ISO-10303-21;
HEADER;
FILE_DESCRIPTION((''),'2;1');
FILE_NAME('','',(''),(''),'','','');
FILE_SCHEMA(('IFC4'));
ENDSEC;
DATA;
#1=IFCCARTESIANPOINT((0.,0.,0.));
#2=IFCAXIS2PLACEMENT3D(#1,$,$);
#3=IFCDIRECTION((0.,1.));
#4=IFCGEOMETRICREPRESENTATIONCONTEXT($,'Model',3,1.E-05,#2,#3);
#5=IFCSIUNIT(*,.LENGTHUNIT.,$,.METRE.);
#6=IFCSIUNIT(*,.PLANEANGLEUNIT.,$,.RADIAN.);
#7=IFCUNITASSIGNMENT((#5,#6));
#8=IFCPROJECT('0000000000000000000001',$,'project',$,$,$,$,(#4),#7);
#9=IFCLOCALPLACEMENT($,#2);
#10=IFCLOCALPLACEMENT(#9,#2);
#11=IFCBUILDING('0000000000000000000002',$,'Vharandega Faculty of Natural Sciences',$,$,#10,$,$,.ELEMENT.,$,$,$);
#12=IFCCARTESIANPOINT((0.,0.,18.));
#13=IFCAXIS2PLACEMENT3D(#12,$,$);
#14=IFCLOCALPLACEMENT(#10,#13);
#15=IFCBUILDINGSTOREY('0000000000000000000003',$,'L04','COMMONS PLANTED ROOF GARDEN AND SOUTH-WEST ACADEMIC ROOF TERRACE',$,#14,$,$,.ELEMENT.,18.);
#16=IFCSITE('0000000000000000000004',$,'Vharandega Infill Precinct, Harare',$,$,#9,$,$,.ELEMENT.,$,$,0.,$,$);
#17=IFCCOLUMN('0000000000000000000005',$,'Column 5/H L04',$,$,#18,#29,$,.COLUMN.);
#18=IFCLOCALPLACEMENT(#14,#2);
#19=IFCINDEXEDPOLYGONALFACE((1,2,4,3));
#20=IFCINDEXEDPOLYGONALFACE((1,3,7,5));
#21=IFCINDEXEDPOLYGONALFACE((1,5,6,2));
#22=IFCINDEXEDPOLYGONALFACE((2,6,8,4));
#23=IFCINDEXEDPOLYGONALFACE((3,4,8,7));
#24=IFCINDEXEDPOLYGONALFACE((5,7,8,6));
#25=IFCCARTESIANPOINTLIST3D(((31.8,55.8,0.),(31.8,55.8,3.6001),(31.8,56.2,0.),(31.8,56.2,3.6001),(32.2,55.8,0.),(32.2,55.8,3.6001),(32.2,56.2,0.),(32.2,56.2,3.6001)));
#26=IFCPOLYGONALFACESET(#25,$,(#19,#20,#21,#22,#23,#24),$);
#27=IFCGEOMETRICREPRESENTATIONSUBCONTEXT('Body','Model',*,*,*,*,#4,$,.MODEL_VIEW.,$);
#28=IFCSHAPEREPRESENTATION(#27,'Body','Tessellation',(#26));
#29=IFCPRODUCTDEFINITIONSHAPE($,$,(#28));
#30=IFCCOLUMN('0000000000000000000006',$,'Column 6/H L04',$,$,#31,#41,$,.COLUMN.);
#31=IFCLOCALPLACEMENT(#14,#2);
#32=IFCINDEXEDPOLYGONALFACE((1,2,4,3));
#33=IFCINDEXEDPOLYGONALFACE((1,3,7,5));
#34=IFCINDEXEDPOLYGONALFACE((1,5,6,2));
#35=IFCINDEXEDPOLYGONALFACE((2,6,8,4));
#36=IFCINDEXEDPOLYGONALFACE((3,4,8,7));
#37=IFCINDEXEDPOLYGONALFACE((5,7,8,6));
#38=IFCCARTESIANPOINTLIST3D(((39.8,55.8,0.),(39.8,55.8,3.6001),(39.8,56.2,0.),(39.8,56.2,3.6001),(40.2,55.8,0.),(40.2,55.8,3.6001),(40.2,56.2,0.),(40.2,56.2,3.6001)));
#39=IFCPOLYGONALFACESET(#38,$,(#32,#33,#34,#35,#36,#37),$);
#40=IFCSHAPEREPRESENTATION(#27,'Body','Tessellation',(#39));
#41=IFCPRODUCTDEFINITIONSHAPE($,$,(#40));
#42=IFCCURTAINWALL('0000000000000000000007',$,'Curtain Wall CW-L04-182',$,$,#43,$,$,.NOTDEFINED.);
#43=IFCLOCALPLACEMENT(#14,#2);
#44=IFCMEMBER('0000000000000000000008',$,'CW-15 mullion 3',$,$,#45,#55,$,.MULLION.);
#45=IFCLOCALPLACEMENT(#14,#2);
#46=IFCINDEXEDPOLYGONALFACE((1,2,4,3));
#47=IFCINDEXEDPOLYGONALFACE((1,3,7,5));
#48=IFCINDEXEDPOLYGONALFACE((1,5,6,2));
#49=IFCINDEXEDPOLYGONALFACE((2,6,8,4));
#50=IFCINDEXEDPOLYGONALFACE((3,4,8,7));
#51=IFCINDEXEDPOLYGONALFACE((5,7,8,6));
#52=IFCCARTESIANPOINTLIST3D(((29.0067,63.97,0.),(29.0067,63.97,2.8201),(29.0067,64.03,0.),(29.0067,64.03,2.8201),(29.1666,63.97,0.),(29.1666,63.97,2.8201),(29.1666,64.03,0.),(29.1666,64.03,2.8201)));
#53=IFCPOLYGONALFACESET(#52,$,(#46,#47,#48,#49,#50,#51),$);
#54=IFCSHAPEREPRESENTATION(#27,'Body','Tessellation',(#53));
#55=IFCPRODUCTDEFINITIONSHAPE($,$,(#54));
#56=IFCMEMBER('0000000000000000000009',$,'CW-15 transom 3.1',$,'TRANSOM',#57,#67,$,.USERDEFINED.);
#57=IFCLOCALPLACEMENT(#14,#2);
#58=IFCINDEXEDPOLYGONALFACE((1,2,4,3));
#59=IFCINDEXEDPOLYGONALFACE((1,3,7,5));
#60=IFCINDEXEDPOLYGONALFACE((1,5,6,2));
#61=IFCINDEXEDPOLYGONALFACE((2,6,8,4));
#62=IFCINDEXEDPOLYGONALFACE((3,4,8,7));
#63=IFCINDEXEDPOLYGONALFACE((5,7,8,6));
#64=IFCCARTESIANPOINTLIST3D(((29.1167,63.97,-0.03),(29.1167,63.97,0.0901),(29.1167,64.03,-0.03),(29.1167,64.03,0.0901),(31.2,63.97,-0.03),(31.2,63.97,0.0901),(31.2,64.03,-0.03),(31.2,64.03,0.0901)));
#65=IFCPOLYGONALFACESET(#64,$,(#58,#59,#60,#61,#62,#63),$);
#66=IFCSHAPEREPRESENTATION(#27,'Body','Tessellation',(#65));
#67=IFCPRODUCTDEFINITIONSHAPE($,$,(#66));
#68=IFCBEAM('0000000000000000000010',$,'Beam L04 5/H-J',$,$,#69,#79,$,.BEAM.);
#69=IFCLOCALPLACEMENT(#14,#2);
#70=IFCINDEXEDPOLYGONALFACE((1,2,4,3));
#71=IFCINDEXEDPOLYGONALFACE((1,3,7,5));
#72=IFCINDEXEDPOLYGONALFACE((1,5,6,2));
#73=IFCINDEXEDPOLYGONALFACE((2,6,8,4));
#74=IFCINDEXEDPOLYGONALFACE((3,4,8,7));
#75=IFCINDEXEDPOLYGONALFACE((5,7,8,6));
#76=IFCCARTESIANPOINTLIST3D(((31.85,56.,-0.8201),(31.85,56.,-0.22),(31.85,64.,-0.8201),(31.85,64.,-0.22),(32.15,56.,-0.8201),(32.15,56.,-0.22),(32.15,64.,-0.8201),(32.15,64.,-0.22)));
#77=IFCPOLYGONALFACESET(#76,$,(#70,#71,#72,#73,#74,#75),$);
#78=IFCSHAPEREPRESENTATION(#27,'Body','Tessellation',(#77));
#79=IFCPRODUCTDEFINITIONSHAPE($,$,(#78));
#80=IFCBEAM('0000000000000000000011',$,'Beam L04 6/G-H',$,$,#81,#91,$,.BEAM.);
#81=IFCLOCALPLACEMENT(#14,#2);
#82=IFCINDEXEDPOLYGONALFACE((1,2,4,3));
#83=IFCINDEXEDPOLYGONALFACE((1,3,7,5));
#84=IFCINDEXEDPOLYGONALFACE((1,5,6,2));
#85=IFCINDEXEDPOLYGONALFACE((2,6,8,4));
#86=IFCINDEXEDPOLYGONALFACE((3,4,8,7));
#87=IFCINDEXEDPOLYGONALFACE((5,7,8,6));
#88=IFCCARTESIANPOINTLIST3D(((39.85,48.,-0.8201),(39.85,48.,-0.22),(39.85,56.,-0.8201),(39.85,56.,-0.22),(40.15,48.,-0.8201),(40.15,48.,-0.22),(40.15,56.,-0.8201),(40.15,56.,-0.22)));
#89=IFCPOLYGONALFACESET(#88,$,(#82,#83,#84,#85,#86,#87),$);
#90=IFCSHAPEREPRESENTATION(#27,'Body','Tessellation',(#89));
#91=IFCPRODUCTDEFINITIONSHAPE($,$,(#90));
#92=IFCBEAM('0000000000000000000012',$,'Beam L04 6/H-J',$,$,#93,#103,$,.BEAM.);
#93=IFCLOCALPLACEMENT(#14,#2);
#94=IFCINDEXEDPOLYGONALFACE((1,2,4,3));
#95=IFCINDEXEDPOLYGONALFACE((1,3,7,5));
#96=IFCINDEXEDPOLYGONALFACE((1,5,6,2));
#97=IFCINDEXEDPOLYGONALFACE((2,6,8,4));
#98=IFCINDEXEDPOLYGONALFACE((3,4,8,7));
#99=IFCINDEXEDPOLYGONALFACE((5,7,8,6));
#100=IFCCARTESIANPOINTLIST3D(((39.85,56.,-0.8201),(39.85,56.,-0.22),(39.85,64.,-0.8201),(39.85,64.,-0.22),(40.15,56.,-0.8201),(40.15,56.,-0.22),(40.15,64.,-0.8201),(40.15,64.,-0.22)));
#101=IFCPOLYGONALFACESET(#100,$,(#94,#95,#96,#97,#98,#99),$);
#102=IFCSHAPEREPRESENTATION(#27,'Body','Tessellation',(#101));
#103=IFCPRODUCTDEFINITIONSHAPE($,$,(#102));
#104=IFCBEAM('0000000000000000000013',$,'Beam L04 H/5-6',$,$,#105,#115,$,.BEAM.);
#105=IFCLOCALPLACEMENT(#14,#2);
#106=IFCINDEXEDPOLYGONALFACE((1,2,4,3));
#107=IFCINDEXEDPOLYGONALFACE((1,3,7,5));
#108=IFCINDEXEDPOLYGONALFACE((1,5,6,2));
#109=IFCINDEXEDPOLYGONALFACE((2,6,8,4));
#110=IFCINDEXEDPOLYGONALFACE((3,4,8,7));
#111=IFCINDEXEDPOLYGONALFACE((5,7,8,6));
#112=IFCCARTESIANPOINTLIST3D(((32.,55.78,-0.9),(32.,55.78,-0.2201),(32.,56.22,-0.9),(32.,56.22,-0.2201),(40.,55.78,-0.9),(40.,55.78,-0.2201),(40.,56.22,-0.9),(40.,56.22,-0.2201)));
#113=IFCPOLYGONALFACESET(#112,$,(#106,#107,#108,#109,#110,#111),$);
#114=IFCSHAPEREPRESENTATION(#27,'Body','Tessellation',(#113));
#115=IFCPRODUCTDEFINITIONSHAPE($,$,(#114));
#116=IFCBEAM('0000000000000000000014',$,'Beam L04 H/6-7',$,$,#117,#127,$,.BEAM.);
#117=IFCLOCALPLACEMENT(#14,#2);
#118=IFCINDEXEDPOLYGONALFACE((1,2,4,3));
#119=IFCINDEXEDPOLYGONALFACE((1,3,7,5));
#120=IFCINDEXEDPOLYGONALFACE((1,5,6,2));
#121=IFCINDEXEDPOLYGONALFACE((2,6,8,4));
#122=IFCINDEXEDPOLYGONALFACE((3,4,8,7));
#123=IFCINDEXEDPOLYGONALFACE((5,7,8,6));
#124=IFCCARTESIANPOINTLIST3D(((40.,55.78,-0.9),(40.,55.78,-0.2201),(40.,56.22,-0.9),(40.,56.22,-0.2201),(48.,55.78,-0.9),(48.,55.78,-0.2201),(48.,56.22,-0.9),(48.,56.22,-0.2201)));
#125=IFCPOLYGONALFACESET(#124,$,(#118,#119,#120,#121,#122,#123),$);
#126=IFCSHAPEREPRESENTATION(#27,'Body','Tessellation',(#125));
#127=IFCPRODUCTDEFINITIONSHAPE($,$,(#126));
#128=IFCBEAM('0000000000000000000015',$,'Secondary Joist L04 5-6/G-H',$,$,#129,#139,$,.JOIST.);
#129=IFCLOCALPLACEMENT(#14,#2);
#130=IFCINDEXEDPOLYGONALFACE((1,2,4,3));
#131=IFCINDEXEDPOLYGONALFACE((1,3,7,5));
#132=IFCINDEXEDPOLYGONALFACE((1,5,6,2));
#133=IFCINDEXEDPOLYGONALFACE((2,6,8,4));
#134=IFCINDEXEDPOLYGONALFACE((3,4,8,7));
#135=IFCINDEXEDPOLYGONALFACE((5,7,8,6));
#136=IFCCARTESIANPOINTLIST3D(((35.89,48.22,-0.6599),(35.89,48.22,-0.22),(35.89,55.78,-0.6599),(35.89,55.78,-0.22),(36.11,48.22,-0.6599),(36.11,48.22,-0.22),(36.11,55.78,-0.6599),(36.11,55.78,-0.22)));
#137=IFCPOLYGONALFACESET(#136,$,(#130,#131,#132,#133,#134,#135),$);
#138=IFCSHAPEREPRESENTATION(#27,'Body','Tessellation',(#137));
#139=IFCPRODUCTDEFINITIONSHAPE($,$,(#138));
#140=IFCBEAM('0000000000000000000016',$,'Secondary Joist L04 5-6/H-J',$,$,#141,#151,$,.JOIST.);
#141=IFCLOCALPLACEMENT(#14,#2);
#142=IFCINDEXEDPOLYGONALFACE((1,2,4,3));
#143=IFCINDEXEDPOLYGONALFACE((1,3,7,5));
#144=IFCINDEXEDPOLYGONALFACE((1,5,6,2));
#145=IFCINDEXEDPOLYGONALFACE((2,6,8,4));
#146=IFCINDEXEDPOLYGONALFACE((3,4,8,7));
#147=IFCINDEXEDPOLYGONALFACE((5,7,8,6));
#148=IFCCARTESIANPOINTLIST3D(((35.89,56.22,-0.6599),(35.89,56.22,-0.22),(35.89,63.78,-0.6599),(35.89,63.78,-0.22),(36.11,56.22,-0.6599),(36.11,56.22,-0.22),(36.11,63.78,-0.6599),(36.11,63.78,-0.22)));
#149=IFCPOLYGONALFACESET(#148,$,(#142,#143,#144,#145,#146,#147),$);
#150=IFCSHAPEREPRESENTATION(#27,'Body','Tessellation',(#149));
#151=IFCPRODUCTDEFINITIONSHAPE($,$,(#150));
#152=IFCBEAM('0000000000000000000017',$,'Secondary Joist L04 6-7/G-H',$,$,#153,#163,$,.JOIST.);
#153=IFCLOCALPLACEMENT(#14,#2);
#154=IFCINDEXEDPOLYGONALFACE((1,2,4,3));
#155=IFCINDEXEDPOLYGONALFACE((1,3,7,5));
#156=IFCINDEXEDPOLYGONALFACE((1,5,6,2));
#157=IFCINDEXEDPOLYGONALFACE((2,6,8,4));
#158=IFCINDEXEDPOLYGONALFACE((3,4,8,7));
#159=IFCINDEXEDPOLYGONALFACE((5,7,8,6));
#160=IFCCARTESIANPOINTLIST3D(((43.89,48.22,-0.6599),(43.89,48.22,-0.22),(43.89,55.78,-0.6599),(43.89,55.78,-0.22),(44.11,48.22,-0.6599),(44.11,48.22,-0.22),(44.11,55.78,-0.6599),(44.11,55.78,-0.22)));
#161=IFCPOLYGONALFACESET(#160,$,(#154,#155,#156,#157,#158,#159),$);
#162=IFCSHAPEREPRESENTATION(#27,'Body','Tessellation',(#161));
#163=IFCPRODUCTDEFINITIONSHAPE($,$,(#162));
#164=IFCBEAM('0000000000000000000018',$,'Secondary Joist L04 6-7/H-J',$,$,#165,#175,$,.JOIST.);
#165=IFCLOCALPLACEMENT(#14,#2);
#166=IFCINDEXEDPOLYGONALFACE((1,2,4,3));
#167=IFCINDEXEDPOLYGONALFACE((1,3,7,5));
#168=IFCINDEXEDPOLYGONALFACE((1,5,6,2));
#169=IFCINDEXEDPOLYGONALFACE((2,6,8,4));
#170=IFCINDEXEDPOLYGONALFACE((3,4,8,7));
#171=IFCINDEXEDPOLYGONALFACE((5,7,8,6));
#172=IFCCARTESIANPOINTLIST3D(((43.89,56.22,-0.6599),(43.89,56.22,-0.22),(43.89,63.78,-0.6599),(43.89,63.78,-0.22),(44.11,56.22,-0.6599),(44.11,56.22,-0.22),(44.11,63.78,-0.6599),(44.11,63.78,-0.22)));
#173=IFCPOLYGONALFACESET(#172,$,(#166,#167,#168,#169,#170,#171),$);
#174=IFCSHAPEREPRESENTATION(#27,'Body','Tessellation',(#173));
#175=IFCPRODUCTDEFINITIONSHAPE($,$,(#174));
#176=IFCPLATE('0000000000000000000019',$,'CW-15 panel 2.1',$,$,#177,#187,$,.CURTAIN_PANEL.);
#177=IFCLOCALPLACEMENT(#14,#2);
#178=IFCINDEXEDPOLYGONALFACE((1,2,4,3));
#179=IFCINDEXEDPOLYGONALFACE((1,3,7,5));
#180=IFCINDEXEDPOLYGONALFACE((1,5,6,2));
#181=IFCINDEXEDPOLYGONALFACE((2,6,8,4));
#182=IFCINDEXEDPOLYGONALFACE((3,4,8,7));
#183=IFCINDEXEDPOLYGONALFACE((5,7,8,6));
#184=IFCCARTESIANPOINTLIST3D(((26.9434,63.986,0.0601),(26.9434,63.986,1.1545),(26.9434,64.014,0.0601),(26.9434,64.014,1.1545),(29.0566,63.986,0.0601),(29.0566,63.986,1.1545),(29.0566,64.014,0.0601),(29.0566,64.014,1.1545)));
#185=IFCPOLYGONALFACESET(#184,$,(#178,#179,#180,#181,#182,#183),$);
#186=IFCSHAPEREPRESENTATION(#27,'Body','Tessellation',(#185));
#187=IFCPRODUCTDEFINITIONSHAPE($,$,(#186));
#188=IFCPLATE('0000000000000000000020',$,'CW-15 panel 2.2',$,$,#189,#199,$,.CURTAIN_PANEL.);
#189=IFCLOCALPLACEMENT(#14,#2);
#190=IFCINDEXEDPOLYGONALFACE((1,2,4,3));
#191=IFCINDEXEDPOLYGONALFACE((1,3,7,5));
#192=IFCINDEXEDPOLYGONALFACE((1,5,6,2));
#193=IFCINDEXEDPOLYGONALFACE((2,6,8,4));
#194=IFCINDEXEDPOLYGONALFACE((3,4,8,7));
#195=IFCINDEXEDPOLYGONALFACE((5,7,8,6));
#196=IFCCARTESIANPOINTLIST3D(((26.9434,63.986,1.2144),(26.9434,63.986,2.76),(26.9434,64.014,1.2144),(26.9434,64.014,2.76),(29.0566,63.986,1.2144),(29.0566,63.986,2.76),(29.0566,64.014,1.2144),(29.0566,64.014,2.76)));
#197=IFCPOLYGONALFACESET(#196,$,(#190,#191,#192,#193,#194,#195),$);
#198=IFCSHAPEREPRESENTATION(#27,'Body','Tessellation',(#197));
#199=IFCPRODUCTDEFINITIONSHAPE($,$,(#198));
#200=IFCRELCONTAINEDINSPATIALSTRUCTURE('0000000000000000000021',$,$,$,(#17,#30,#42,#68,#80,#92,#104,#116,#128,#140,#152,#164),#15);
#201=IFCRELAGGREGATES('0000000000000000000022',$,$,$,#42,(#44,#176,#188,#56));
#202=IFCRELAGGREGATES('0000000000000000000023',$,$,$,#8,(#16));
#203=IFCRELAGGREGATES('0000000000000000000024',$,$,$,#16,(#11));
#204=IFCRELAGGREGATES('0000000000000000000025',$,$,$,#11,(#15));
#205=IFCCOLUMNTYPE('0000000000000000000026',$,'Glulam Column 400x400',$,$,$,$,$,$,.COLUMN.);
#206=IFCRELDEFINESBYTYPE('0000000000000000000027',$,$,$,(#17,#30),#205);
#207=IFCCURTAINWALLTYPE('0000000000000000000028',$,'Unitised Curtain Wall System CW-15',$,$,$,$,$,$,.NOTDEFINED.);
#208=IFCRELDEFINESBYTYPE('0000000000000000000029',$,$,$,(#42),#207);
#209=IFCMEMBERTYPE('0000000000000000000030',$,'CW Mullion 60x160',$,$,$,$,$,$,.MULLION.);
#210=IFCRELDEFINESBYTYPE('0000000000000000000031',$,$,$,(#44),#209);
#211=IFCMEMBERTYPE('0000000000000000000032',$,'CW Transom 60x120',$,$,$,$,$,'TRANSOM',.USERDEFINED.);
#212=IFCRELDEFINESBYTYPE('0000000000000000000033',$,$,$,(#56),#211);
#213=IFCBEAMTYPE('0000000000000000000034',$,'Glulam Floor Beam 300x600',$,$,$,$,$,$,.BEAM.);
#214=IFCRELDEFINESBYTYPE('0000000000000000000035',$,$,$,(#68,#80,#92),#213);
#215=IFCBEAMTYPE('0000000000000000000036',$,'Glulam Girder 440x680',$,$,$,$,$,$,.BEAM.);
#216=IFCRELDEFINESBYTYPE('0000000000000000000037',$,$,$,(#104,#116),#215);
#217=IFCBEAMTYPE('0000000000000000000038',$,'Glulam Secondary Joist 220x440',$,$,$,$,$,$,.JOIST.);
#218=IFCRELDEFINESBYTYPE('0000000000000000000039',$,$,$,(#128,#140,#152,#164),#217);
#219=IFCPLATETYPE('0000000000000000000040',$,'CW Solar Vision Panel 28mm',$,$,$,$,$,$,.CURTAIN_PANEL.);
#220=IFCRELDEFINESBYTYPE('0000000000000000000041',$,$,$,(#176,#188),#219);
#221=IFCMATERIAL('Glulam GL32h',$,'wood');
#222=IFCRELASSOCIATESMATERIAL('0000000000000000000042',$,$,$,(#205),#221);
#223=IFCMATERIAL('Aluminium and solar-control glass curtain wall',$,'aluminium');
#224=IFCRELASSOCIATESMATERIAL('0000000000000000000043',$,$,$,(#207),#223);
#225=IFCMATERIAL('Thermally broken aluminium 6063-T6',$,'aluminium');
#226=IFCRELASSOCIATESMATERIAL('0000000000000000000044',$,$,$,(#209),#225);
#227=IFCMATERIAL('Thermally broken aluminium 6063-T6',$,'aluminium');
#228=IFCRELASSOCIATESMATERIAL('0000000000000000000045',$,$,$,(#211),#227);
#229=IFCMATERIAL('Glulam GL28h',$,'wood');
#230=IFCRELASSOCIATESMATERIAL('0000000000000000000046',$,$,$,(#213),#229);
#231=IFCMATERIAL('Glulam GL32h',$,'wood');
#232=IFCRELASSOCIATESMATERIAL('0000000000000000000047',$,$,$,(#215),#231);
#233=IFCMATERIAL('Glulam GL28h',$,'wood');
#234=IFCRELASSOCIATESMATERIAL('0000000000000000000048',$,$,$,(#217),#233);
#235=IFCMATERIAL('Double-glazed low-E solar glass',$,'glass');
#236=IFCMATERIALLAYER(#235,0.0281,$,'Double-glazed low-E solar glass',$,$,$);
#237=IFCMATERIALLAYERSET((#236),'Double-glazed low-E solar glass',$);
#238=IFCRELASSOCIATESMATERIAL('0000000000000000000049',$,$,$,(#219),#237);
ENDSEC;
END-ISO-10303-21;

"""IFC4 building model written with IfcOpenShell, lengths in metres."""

from ifc_helpers import new_model, si_unit, direction, frame, origin, origin_2d, place, context, subcontext, project, spatial, rectangle, extrude, material, layer, layer_set, material_profile, profile_set, type_object, element, aggregate, save


model = new_model("IFC4")

# Units and contexts
model_context = context("Model", 3, precision=1e-05, world=origin(), true_north=direction((0.0, 1.0)))
body_context = subcontext(model_context, "Body", "Model", "MODEL_VIEW")
ifc_project = project(units=[si_unit("LENGTHUNIT", "METRE"), si_unit("PLANEANGLEUNIT", "RADIAN")], contexts=[model_context])

# Site, building, storey
site_placement = place(None, origin())
site = spatial("IfcSite", under=ifc_project, at=site_placement, Name="Vharandega Infill Precinct, Harare", CompositionType="ELEMENT", RefElevation=0.0)
building_placement = place(site_placement, origin())
building = spatial("IfcBuilding", under=site, at=building_placement, Name="Vharandega Faculty of Natural Sciences", CompositionType="ELEMENT")
storey_placement = place(building_placement, frame((0.0, 0.0, 18.0)))
storey = spatial("IfcBuildingStorey", under=building, at=storey_placement, Name="L04", Description="COMMONS PLANTED ROOF GARDEN AND SOUTH-WEST ACADEMIC ROOF TERRACE", CompositionType="ELEMENT", Elevation=18.0)

# Columns
ifc_material_1 = material(Name="Glulam GL32h", Category="wood")
ifc_material_profile_1 = material_profile(ifc_material_1, rectangle(XDim=0.3999, YDim=0.3999, at=origin_2d()), Name="GL32h 400x400")
ifc_profile_set_1 = profile_set([ifc_material_profile_1], Name="Glulam GL32h")
column_type = type_object("IfcColumnType", Name="Glulam Column 400x400", PredefinedType="COLUMN", material=ifc_profile_set_1)
for number, where, z_axis, x_axis, name in (
    (1, (32.0, 56.0, 0.0), (0.0, 0.0, 1.0), (1.0, 0.0, 0.0), "Column 5/H L04"),
    (2, (40.0, 56.0, 0.0), (0.0, 0.0, 1.0), (1.0, 0.0, 0.0), "Column 6/H L04"),
):
    element("IfcColumn", number, at=place(storey_placement, frame(where, z_axis=z_axis, x_axis=x_axis)), inside=storey, type_object=column_type, Name=name, PredefinedType="COLUMN", context=body_context, shape_type="SweptSolid", body=[
        extrude(rectangle(XDim=0.3999, YDim=0.3999, at=origin_2d()), origin(), (0.0, 0.0, 1.0), 3.6001),
    ])

# Curtain wall, members
ifc_material_2 = material(Name="Aluminium and solar-control glass curtain wall", Category="aluminium")
curtain_wall_type = type_object("IfcCurtainWallType", Name="Unitised Curtain Wall System CW-15", PredefinedType="NOTDEFINED", material=ifc_material_2)
curtain_wall_placement = place(storey_placement, origin())
curtain_wall = element("IfcCurtainWall", 3, at=curtain_wall_placement, inside=storey, type_object=curtain_wall_type, Name="Curtain Wall CW-L04-182", PredefinedType="NOTDEFINED")
ifc_material_3 = material(Name="Thermally broken aluminium 6063-T6", Category="aluminium")
ifc_material_profile_2 = material_profile(ifc_material_3, rectangle(XDim=0.0601, YDim=0.1599, at=origin_2d()), Name="ALU 60x160")
ifc_profile_set_2 = profile_set([ifc_material_profile_2], Name="Thermally broken aluminium 6063-T6")
member_type_1 = type_object("IfcMemberType", Name="CW Mullion 60x160", PredefinedType="MULLION", material=ifc_profile_set_2)
member_1_placement = place(storey_placement, frame((29.0867, 64.0, 0.0), z_axis=(0.0, 0.0, 1.0), x_axis=(0.0, 1.0, 0.0)))
member_1 = element("IfcMember", 4, at=member_1_placement, type_object=member_type_1, Name="CW-15 mullion 3", PredefinedType="MULLION", context=body_context, shape_type="SweptSolid", body=[
    extrude(rectangle(XDim=0.0601, YDim=0.1599, at=origin_2d()), origin(), (0.0, 0.0, 1.0), 2.8201),
])
ifc_material_4 = material(Name="Thermally broken aluminium 6063-T6", Category="aluminium")
ifc_material_profile_3 = material_profile(ifc_material_4, rectangle(XDim=0.0601, YDim=0.1201, at=origin_2d()), Name="ALU 60x120")
ifc_profile_set_3 = profile_set([ifc_material_profile_3], Name="Thermally broken aluminium 6063-T6")
member_type_2 = type_object("IfcMemberType", Name="CW Transom 60x120", ElementType="TRANSOM", PredefinedType="USERDEFINED", material=ifc_profile_set_3)
member_2_placement = place(storey_placement, frame((29.1167, 64.0, 0.03), z_axis=(1.0, 0.0, 0.0), x_axis=(0.0, 1.0, 0.0)))
member_2 = element("IfcMember", 5, at=member_2_placement, type_object=member_type_2, Name="CW-15 transom 3.1", ObjectType="TRANSOM", PredefinedType="USERDEFINED", context=body_context, shape_type="SweptSolid", body=[
    extrude(rectangle(XDim=0.0601, YDim=0.1201, at=origin_2d()), origin(), (0.0, 0.0, 1.0), 2.0833),
])

# Beams
ifc_material_5 = material(Name="Glulam GL28h", Category="wood")
ifc_material_profile_4 = material_profile(ifc_material_5, rectangle(XDim=0.3, YDim=0.6001, at=origin_2d()), Name="GL28h 300x600")
ifc_profile_set_4 = profile_set([ifc_material_profile_4], Name="Glulam GL28h")
beam_type_1 = type_object("IfcBeamType", Name="Glulam Floor Beam 300x600", PredefinedType="BEAM", material=ifc_profile_set_4)
for number, where, z_axis, x_axis, name in (
    (6, (32.0, 56.0, -0.52), (0.0, 1.0, 0.0), (-1.0, 0.0, 0.0), "Beam L04 5/H-J"),
    (7, (40.0, 48.0, -0.52), (0.0, 1.0, 0.0), (-1.0, 0.0, 0.0), "Beam L04 6/G-H"),
    (8, (40.0, 56.0, -0.52), (0.0, 1.0, 0.0), (-1.0, 0.0, 0.0), "Beam L04 6/H-J"),
):
    element("IfcBeam", number, at=place(storey_placement, frame(where, z_axis=z_axis, x_axis=x_axis)), inside=storey, type_object=beam_type_1, Name=name, PredefinedType="BEAM", context=body_context, shape_type="SweptSolid", body=[
        extrude(rectangle(XDim=0.3, YDim=0.6001, at=origin_2d()), origin(), (0.0, 0.0, 1.0), 8.0),
    ])
ifc_material_6 = material(Name="Glulam GL32h", Category="wood")
ifc_material_profile_5 = material_profile(ifc_material_6, rectangle(XDim=0.4399, YDim=0.6799, at=origin_2d()), Name="GL32h 440x680")
ifc_profile_set_5 = profile_set([ifc_material_profile_5], Name="Glulam GL32h")
beam_type_2 = type_object("IfcBeamType", Name="Glulam Girder 440x680", PredefinedType="BEAM", material=ifc_profile_set_5)
for number, where, z_axis, x_axis, name in (
    (9, (32.0, 56.0, -0.5601), (1.0, 0.0, 0.0), (0.0, 1.0, 0.0), "Beam L04 H/5-6"),
    (10, (40.0, 56.0, -0.5601), (1.0, 0.0, 0.0), (0.0, 1.0, 0.0), "Beam L04 H/6-7"),
):
    element("IfcBeam", number, at=place(storey_placement, frame(where, z_axis=z_axis, x_axis=x_axis)), inside=storey, type_object=beam_type_2, Name=name, PredefinedType="BEAM", context=body_context, shape_type="SweptSolid", body=[
        extrude(rectangle(XDim=0.4399, YDim=0.6799, at=origin_2d()), origin(), (0.0, 0.0, 1.0), 8.0),
    ])
ifc_material_7 = material(Name="Glulam GL28h", Category="wood")
ifc_material_profile_6 = material_profile(ifc_material_7, rectangle(XDim=0.22, YDim=0.4399, at=origin_2d()), Name="GL28h 220x440")
ifc_profile_set_6 = profile_set([ifc_material_profile_6], Name="Glulam GL28h")
beam_type_3 = type_object("IfcBeamType", Name="Glulam Secondary Joist 220x440", PredefinedType="JOIST", material=ifc_profile_set_6)
for number, where, z_axis, x_axis, name in (
    (11, (36.0, 48.22, -0.4399), (0.0, 1.0, 0.0), (-1.0, 0.0, 0.0), "Secondary Joist L04 5-6/G-H"),
    (12, (36.0, 56.22, -0.4399), (0.0, 1.0, 0.0), (-1.0, 0.0, 0.0), "Secondary Joist L04 5-6/H-J"),
    (13, (44.0, 48.22, -0.4399), (0.0, 1.0, 0.0), (-1.0, 0.0, 0.0), "Secondary Joist L04 6-7/G-H"),
    (14, (44.0, 56.22, -0.4399), (0.0, 1.0, 0.0), (-1.0, 0.0, 0.0), "Secondary Joist L04 6-7/H-J"),
):
    element("IfcBeam", number, at=place(storey_placement, frame(where, z_axis=z_axis, x_axis=x_axis)), inside=storey, type_object=beam_type_3, Name=name, PredefinedType="JOIST", context=body_context, shape_type="SweptSolid", body=[
        extrude(rectangle(XDim=0.22, YDim=0.4399, at=origin_2d()), origin(), (0.0, 0.0, 1.0), 7.5601),
    ])

# Plates
ifc_material_8 = material(Name="Double-glazed low-E solar glass", Category="glass")
ifc_layer_1 = layer(ifc_material_8, 0.0281, Name="Double-glazed low-E solar glass")
ifc_layer_set_1 = layer_set([ifc_layer_1], Name="Double-glazed low-E solar glass")
plate_type = type_object("IfcPlateType", Name="CW Solar Vision Panel 28mm", PredefinedType="CURTAIN_PANEL", material=ifc_layer_set_1)
plate_1_placement = place(storey_placement, frame((28.0, 64.0, 0.0601), z_axis=(0.0, 0.0, 1.0), x_axis=(1.0, 0.0, 0.0)))
plate_1 = element("IfcPlate", 15, at=plate_1_placement, type_object=plate_type, Name="CW-15 panel 2.1", PredefinedType="CURTAIN_PANEL", context=body_context, shape_type="SweptSolid", body=[
    extrude(rectangle(XDim=2.1133, YDim=0.0281, at=origin_2d()), origin(), (0.0, 0.0, 1.0), 1.0945),
])
plate_2_placement = place(storey_placement, frame((28.0, 64.0, 1.2144), z_axis=(0.0, 0.0, 1.0), x_axis=(1.0, 0.0, 0.0)))
plate_2 = element("IfcPlate", 16, at=plate_2_placement, type_object=plate_type, Name="CW-15 panel 2.2", PredefinedType="CURTAIN_PANEL", context=body_context, shape_type="SweptSolid", body=[
    extrude(rectangle(XDim=2.1133, YDim=0.0281, at=origin_2d()), origin(), (0.0, 0.0, 1.0), 1.5457),
])
aggregate(curtain_wall, [member_1, plate_1, plate_2, member_2])

save(model, "model.ifc")
